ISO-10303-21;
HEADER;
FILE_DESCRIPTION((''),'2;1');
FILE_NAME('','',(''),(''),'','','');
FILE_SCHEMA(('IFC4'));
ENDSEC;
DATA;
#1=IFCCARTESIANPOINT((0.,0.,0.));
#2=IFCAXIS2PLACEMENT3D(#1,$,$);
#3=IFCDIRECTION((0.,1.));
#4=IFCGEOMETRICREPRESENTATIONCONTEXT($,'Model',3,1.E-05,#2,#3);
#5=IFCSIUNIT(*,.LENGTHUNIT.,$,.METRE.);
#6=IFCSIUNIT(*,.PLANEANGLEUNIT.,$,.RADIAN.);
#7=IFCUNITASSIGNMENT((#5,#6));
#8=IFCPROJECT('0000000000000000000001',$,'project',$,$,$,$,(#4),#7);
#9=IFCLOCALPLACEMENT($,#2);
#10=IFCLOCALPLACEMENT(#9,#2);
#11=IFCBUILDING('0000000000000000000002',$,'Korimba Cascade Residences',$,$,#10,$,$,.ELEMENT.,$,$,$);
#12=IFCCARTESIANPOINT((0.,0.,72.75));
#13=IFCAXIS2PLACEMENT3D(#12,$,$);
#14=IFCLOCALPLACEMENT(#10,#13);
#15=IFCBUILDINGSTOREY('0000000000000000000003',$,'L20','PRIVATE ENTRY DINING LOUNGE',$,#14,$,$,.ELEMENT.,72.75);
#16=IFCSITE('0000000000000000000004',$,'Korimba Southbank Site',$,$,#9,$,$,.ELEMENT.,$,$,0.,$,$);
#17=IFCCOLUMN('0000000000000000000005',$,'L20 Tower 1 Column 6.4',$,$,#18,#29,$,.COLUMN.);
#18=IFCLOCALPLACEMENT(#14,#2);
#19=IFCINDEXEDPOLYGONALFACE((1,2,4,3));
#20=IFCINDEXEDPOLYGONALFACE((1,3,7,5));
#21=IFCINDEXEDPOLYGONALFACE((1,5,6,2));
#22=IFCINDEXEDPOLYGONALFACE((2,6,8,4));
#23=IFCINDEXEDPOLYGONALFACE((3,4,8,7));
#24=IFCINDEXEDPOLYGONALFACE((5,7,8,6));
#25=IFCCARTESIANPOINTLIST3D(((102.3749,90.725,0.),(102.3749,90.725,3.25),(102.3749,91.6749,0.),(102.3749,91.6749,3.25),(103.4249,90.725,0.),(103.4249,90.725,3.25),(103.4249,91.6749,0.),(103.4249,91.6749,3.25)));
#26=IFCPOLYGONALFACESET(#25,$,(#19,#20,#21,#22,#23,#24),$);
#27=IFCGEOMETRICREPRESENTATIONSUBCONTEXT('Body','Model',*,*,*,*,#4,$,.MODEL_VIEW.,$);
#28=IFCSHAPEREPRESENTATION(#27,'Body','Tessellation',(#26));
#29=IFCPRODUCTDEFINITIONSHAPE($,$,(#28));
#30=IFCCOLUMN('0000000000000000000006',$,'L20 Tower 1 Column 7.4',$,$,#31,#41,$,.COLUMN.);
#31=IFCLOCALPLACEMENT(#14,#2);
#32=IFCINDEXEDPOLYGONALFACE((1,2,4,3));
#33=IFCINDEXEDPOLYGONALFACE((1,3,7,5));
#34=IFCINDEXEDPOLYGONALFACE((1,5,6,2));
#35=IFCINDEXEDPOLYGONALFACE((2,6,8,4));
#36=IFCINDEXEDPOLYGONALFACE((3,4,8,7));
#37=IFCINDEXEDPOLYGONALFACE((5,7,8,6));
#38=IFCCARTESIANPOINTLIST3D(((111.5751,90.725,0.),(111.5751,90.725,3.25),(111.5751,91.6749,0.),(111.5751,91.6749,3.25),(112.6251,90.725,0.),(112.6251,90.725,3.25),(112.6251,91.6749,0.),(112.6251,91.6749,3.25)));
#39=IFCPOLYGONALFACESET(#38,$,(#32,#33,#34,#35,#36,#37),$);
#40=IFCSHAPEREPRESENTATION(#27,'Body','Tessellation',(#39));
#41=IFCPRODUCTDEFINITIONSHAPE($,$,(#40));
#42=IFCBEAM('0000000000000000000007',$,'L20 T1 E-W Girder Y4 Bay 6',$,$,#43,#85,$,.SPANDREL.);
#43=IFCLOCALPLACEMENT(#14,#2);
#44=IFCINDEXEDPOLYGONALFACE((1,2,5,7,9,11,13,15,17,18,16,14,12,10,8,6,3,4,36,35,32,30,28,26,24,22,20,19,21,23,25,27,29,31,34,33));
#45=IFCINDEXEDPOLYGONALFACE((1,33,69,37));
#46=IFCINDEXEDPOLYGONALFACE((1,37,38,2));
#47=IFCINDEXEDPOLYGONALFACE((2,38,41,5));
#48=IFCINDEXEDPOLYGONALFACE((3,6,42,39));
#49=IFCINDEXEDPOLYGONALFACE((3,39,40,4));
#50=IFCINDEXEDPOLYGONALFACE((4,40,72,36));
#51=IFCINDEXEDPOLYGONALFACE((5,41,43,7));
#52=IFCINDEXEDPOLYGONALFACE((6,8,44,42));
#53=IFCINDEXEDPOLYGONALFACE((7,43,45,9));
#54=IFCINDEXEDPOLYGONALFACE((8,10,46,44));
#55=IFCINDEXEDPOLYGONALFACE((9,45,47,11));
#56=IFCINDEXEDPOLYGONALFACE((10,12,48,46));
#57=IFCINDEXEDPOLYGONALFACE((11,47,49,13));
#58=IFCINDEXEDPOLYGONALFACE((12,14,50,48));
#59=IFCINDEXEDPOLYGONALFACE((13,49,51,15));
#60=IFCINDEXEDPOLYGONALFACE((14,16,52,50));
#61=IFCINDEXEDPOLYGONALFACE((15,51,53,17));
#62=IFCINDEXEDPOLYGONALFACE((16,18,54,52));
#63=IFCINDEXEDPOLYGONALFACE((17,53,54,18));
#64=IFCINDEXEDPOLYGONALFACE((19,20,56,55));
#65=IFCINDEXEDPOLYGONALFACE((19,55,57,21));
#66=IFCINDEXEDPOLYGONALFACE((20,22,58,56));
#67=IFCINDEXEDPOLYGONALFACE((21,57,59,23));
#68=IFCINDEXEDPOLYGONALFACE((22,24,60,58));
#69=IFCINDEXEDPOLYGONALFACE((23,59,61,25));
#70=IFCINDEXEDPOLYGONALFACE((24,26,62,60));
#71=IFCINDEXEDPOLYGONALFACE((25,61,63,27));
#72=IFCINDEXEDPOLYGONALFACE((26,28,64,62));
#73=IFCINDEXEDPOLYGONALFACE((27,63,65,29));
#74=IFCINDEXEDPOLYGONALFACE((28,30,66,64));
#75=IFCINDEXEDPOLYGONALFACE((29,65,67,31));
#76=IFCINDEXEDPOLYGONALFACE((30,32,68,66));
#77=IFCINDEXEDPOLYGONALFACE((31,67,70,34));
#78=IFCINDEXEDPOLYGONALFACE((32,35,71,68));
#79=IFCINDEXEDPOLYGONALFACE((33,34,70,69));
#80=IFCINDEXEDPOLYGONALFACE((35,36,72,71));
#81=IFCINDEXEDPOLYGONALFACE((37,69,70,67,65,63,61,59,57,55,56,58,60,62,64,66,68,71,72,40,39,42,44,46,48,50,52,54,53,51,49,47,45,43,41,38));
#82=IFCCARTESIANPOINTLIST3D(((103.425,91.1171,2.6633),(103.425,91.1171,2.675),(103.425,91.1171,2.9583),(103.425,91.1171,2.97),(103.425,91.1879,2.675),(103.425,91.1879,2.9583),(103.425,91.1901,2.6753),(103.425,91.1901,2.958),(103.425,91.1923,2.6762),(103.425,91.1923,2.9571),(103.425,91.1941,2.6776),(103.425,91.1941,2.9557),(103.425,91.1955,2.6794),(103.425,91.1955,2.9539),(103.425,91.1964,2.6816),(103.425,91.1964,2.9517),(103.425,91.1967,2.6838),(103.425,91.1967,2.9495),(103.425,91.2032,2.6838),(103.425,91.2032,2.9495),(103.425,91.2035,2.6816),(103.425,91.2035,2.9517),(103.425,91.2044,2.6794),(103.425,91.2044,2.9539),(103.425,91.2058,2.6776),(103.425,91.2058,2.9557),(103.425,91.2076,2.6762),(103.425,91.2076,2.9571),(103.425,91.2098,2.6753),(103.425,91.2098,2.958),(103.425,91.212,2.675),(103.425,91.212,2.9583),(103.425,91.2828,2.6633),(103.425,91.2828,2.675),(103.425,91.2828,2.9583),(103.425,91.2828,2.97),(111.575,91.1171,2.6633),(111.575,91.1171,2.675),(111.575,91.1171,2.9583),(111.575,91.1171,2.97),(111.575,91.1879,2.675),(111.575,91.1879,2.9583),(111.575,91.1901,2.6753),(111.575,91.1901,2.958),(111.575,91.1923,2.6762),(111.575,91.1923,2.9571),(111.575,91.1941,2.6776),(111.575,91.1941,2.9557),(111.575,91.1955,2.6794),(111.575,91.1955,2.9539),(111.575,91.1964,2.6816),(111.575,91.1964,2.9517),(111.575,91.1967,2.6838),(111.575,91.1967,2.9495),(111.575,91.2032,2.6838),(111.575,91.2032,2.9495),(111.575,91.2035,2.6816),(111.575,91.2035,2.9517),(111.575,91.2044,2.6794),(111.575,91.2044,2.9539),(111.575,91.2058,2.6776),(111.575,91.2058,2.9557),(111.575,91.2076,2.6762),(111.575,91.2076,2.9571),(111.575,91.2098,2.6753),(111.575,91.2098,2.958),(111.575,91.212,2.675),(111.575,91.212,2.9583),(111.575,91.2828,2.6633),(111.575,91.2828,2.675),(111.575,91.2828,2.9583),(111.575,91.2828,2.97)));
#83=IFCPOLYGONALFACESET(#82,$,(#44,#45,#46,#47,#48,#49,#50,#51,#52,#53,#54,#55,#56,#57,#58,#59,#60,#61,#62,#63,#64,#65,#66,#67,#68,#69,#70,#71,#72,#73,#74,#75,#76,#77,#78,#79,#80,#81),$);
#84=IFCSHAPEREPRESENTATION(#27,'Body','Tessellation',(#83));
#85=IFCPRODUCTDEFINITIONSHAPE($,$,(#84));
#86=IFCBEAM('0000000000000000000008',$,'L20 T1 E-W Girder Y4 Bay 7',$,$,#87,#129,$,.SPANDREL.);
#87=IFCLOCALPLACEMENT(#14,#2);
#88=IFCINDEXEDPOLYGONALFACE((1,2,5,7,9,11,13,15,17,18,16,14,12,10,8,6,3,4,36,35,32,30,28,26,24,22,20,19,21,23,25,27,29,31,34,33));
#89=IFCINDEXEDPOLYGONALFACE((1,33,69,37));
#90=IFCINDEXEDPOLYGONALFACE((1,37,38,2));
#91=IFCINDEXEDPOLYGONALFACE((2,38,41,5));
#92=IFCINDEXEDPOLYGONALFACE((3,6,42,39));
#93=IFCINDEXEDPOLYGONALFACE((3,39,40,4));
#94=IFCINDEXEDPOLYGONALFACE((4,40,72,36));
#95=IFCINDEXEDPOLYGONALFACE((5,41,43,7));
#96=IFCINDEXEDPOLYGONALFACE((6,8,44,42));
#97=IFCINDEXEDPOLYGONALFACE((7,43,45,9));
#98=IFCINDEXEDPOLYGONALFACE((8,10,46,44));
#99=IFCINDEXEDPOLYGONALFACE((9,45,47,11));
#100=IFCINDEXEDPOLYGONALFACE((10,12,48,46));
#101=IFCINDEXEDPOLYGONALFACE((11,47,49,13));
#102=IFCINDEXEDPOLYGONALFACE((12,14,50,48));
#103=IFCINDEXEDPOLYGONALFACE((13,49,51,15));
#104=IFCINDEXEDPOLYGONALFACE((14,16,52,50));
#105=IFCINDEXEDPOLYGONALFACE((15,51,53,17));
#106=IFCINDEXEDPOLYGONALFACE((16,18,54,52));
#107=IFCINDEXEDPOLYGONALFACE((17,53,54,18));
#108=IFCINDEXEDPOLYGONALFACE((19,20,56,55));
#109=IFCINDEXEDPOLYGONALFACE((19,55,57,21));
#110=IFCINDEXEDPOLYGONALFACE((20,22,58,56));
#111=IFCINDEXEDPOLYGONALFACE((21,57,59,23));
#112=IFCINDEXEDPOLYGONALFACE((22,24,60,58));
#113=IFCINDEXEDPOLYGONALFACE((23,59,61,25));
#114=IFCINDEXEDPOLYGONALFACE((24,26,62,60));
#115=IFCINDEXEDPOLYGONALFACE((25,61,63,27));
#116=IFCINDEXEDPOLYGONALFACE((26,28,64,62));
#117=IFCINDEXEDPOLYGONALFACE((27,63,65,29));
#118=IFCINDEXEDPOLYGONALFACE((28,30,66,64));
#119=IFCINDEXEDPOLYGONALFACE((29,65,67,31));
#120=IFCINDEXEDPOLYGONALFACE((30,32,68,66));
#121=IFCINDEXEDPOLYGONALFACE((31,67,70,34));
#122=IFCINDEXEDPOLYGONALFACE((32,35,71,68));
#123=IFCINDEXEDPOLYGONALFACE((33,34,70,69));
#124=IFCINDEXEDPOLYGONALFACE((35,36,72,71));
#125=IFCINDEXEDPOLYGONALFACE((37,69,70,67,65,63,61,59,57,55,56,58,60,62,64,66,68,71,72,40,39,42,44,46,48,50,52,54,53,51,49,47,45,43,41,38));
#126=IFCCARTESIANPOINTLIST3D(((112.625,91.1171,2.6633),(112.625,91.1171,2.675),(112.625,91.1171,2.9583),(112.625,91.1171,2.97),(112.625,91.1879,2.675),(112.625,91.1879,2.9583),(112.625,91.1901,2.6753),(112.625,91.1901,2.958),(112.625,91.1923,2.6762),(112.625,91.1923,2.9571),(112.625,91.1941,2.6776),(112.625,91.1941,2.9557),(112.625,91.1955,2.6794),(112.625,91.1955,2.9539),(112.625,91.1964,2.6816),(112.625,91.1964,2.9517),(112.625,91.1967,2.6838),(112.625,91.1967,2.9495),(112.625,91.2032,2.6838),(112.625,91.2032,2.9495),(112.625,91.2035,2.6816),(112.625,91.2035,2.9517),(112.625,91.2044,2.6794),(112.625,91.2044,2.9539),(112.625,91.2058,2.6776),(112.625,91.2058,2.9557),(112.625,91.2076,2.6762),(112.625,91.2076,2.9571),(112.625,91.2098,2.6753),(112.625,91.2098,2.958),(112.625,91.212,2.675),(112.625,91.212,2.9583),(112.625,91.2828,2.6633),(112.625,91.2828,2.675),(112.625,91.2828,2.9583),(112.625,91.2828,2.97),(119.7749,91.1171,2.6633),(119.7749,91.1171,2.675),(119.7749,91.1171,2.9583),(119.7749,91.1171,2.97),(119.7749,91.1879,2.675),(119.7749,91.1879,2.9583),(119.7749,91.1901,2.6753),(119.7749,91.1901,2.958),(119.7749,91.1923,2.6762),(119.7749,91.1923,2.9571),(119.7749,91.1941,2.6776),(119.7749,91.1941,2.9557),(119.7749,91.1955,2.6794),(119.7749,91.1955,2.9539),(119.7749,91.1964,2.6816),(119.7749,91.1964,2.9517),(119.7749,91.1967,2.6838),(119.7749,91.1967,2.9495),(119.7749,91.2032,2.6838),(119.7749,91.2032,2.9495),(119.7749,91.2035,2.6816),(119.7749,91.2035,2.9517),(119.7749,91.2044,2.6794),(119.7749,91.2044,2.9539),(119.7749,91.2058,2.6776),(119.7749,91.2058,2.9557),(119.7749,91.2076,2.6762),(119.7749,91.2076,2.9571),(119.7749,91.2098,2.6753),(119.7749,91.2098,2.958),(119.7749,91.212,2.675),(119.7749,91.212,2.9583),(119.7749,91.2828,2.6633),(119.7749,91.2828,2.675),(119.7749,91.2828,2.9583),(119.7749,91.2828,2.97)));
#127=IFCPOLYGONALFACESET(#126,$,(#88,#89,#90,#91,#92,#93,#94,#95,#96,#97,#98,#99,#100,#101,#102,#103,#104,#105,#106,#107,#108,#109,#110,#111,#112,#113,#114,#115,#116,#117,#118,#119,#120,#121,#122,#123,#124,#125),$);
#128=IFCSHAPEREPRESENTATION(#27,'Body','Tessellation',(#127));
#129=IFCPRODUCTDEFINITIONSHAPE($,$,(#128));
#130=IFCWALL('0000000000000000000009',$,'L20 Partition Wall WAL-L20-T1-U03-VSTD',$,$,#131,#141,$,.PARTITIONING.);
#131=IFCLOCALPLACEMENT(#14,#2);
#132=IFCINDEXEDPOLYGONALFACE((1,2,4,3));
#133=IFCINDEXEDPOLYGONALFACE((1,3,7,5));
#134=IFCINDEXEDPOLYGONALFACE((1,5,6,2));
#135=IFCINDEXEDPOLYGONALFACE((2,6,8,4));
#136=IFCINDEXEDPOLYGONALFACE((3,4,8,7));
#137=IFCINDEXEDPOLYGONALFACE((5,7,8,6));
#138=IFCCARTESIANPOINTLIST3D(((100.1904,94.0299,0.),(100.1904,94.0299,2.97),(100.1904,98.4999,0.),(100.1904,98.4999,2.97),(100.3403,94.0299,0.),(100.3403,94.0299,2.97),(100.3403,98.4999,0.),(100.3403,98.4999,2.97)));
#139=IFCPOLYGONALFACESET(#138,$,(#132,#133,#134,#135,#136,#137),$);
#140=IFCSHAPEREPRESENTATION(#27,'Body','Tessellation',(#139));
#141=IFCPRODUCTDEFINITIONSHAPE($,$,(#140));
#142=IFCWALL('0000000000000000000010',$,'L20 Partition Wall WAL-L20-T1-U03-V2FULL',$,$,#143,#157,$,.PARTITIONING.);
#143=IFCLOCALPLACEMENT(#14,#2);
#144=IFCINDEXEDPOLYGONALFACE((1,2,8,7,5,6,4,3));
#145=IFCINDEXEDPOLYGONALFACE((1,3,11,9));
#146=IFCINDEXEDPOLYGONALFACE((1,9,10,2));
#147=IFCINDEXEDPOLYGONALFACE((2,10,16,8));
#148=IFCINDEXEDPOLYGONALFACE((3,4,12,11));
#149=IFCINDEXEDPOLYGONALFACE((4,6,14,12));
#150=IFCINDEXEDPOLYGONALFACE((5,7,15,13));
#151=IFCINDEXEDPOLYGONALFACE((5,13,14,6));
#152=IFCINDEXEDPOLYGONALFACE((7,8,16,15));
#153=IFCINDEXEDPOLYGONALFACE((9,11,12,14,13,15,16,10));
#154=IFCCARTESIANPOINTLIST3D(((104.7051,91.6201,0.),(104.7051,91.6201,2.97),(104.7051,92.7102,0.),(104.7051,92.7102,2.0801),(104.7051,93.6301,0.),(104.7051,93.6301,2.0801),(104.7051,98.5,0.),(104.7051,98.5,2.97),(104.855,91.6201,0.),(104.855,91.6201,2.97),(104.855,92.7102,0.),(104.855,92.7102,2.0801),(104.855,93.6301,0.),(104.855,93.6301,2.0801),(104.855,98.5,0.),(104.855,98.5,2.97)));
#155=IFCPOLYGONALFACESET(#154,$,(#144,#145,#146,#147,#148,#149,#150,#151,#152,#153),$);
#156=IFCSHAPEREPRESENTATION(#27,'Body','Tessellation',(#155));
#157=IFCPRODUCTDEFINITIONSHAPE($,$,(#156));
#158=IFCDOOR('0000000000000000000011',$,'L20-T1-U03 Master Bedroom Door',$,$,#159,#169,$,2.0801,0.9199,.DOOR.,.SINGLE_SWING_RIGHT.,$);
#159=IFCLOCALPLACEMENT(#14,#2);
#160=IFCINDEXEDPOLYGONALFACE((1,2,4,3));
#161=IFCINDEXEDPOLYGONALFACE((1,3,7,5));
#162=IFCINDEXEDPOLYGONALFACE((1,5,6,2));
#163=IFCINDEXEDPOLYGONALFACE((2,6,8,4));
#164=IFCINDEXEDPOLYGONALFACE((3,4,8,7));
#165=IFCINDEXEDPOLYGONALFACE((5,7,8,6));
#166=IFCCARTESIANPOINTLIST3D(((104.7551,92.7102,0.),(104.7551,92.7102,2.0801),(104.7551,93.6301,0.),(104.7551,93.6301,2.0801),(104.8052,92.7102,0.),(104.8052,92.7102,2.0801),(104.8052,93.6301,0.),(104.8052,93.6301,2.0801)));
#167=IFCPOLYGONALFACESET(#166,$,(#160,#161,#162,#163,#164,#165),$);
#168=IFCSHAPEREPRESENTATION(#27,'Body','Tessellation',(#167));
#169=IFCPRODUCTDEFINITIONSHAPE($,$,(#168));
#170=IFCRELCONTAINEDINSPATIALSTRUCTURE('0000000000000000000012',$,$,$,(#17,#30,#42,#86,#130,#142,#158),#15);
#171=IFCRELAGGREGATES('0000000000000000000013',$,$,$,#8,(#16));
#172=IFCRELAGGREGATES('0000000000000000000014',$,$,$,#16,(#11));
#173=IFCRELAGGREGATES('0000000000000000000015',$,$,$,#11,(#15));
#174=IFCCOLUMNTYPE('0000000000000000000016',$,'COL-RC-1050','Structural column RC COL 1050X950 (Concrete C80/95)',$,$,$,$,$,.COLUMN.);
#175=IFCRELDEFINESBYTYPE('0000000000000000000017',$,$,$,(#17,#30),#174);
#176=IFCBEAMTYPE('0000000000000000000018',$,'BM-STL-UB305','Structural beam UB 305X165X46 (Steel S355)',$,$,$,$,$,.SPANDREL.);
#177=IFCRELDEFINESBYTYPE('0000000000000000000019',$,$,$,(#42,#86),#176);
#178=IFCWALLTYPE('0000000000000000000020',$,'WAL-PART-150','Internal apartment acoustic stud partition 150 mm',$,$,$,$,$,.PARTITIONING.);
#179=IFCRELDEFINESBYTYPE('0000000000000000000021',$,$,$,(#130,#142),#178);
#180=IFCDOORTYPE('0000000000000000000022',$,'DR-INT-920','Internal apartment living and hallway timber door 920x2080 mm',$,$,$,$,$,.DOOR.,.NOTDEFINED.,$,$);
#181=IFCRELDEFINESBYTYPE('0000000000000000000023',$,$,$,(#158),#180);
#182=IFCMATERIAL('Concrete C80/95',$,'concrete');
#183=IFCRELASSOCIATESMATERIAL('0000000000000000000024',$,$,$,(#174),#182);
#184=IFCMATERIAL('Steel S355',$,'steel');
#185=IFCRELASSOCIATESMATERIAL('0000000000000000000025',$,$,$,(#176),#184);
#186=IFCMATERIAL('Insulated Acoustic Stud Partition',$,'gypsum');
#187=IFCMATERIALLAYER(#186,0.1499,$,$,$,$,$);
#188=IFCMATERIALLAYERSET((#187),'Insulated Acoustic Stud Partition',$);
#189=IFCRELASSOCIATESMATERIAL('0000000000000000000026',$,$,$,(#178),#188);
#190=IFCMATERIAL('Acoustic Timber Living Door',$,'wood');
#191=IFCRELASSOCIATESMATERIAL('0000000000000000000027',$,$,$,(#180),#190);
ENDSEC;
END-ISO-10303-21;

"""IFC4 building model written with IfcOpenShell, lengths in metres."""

from ifc_helpers import new_model, si_unit, direction, frame, frame_2d, origin, origin_2d, place, context, subcontext, project, spatial, rectangle, i_section, extrude, material, layer, layer_set, material_profile, profile_set, type_object, element, fill, save


model = new_model("IFC4")

# Units and contexts
model_context = context("Model", 3, precision=1e-05, world=origin(), true_north=direction((0.0, 1.0)))
body_context = subcontext(model_context, "Body", "Model", "MODEL_VIEW")
ifc_project = project(units=[si_unit("LENGTHUNIT", "METRE"), si_unit("PLANEANGLEUNIT", "RADIAN")], contexts=[model_context])

# Site, building, storey
site_placement = place(None, origin())
site = spatial("IfcSite", under=ifc_project, at=site_placement, Name="Korimba Southbank Site", CompositionType="ELEMENT", RefElevation=0.0)
building_placement = place(site_placement, origin())
building = spatial("IfcBuilding", under=site, at=building_placement, Name="Korimba Cascade Residences", CompositionType="ELEMENT")
storey_placement = place(building_placement, frame((0.0, 0.0, 72.75)))
storey = spatial("IfcBuildingStorey", under=building, at=storey_placement, Name="L20", Description="PRIVATE ENTRY DINING LOUNGE", CompositionType="ELEMENT", Elevation=72.75)

# Columns
ifc_material_1 = material(Name="Concrete C80/95", Category="concrete")
ifc_material_profile_1 = material_profile(ifc_material_1, rectangle(XDim=1.05, YDim=0.95, at=origin_2d()), Name="Concrete C80/95")
ifc_profile_set_1 = profile_set([ifc_material_profile_1], Name="Concrete C80/95")
column_type = type_object("IfcColumnType", Name="COL-RC-1050", Description="Structural column RC COL 1050X950 (Concrete C80/95)", PredefinedType="COLUMN", material=ifc_profile_set_1)
for number, where, z_axis, x_axis, name in (
    (1, (102.8999, 91.2, 0.0), (0.0, 0.0, 1.0), (1.0, 0.0, 0.0), "L20 Tower 1 Column 6.4"),
    (2, (112.1001, 91.2, 0.0), (0.0, 0.0, 1.0), (1.0, 0.0, 0.0), "L20 Tower 1 Column 7.4"),
):
    element("IfcColumn", number, at=place(storey_placement, frame(where, z_axis=z_axis, x_axis=x_axis)), inside=storey, type_object=column_type, Name=name, PredefinedType="COLUMN", context=body_context, shape_type="SweptSolid", body=[
        extrude(rectangle(XDim=1.05, YDim=0.95, at=origin_2d()), origin(), (0.0, 0.0, 1.0), 3.25),
    ])

# Beams
ifc_material_2 = material(Name="Steel S355", Category="steel")
ifc_material_profile_2 = material_profile(ifc_material_2, i_section(OverallWidth=0.1658, OverallDepth=0.3066, WebThickness=0.0066, FlangeThickness=0.0117, FilletRadius=0.0088, at=origin_2d()), Name="Steel S355")
ifc_profile_set_2 = profile_set([ifc_material_profile_2], Name="Steel S355")
beam_type = type_object("IfcBeamType", Name="BM-STL-UB305", Description="Structural beam UB 305X165X46 (Steel S355)", PredefinedType="SPANDREL", material=ifc_profile_set_2)
beam_1_placement = place(storey_placement, frame((103.425, 91.2, 2.8167), z_axis=(1.0, 0.0, 0.0), x_axis=(0.0, 1.0, 0.0)))
element("IfcBeam", 3, at=beam_1_placement, inside=storey, type_object=beam_type, Name="L20 T1 E-W Girder Y4 Bay 6", PredefinedType="SPANDREL", context=body_context, shape_type="SweptSolid", body=[
    extrude(i_section(OverallWidth=0.1658, OverallDepth=0.3066, WebThickness=0.0066, FlangeThickness=0.0117, FilletRadius=0.0088, at=origin_2d()), origin(), (0.0, 0.0, 1.0), 8.1499),
])
beam_2_placement = place(storey_placement, frame((112.625, 91.2, 2.8167), z_axis=(1.0, 0.0, 0.0), x_axis=(0.0, 1.0, 0.0)))
element("IfcBeam", 4, at=beam_2_placement, inside=storey, type_object=beam_type, Name="L20 T1 E-W Girder Y4 Bay 7", PredefinedType="SPANDREL", context=body_context, shape_type="SweptSolid", body=[
    extrude(i_section(OverallWidth=0.1658, OverallDepth=0.3066, WebThickness=0.0066, FlangeThickness=0.0117, FilletRadius=0.0088, at=origin_2d()), origin(), (0.0, 0.0, 1.0), 7.1499),
])

# Wall
ifc_material_3 = material(Name="Insulated Acoustic Stud Partition", Category="gypsum")
ifc_layer = layer(ifc_material_3, 0.1499)
ifc_layer_set = layer_set([ifc_layer], Name="Insulated Acoustic Stud Partition")
wall_type = type_object("IfcWallType", Name="WAL-PART-150", Description="Internal apartment acoustic stud partition 150 mm", PredefinedType="PARTITIONING", material=ifc_layer_set)
wall_1_placement = place(storey_placement, frame((100.2654, 94.03, 0.0), z_axis=(0.0, 0.0, 1.0), x_axis=(0.0, 1.0, 0.0)))
element("IfcWall", 5, at=wall_1_placement, inside=storey, type_object=wall_type, Name="L20 Partition Wall WAL-L20-T1-U03-VSTD", PredefinedType="PARTITIONING", context=body_context, shape_type="SweptSolid", body=[
    extrude(rectangle(XDim=4.47, YDim=0.1499, at=frame_2d((2.2349, 0.0))), origin(), (0.0, 0.0, 1.0), 2.97),
])

# Wall, opening, door
wall_2_placement = place(storey_placement, frame((104.78, 91.6201, 0.0), z_axis=(0.0, 0.0, 1.0), x_axis=(0.0, 1.0, 0.0)))
wall_2 = element("IfcWall", 6, at=wall_2_placement, inside=storey, type_object=wall_type, Name="L20 Partition Wall WAL-L20-T1-U03-V2FULL", PredefinedType="PARTITIONING", context=body_context, shape_type="SweptSolid", body=[
    extrude(rectangle(XDim=6.8799, YDim=0.1499, at=frame_2d((3.4399, 0.0))), origin(), (0.0, 0.0, 1.0), 2.97),
])
opening_1_placement = place(wall_2_placement, frame((1.0901, 0.0, 0.0)))
opening_1 = element("IfcOpeningElement", 7, at=opening_1_placement, cuts=wall_2, PredefinedType="OPENING", context=body_context, shape_type="SweptSolid", body=[
    extrude(rectangle(XDim=0.9199, YDim=2.0801, at=frame_2d((0.46, 1.04))), frame((0.0, 0.085, 0.0), z_axis=(0.0, -1.0, 0.0), x_axis=(1.0, 0.0, 0.0)), (0.0, 0.0, 1.0), 0.1699),
])
ifc_material_4 = material(Name="Acoustic Timber Living Door", Category="wood")
door_type_1 = type_object("IfcDoorType", Name="DR-INT-920", Description="Internal apartment living and hallway timber door 920x2080 mm", OperationType="NOTDEFINED", PredefinedType="DOOR", material=ifc_material_4)
door_1_placement = place(opening_1_placement, origin())
door_1 = element("IfcDoor", 8, at=door_1_placement, inside=storey, type_object=door_type_1, Name="L20-T1-U03 Master Bedroom Door", OperationType="SINGLE_SWING_RIGHT", OverallHeight=2.0801, OverallWidth=0.9199, PredefinedType="DOOR", context=body_context, shape_type="SweptSolid", body=[
    extrude(rectangle(XDim=0.9199, YDim=2.0801, at=frame_2d((0.46, 1.04))), frame((0.0, 0.0249, 0.0), z_axis=(0.0, -1.0, 0.0), x_axis=(1.0, 0.0, 0.0)), (0.0, 0.0, 1.0), 0.05),
])
fill(opening_1, door_1)

save(model, "model.ifc")
